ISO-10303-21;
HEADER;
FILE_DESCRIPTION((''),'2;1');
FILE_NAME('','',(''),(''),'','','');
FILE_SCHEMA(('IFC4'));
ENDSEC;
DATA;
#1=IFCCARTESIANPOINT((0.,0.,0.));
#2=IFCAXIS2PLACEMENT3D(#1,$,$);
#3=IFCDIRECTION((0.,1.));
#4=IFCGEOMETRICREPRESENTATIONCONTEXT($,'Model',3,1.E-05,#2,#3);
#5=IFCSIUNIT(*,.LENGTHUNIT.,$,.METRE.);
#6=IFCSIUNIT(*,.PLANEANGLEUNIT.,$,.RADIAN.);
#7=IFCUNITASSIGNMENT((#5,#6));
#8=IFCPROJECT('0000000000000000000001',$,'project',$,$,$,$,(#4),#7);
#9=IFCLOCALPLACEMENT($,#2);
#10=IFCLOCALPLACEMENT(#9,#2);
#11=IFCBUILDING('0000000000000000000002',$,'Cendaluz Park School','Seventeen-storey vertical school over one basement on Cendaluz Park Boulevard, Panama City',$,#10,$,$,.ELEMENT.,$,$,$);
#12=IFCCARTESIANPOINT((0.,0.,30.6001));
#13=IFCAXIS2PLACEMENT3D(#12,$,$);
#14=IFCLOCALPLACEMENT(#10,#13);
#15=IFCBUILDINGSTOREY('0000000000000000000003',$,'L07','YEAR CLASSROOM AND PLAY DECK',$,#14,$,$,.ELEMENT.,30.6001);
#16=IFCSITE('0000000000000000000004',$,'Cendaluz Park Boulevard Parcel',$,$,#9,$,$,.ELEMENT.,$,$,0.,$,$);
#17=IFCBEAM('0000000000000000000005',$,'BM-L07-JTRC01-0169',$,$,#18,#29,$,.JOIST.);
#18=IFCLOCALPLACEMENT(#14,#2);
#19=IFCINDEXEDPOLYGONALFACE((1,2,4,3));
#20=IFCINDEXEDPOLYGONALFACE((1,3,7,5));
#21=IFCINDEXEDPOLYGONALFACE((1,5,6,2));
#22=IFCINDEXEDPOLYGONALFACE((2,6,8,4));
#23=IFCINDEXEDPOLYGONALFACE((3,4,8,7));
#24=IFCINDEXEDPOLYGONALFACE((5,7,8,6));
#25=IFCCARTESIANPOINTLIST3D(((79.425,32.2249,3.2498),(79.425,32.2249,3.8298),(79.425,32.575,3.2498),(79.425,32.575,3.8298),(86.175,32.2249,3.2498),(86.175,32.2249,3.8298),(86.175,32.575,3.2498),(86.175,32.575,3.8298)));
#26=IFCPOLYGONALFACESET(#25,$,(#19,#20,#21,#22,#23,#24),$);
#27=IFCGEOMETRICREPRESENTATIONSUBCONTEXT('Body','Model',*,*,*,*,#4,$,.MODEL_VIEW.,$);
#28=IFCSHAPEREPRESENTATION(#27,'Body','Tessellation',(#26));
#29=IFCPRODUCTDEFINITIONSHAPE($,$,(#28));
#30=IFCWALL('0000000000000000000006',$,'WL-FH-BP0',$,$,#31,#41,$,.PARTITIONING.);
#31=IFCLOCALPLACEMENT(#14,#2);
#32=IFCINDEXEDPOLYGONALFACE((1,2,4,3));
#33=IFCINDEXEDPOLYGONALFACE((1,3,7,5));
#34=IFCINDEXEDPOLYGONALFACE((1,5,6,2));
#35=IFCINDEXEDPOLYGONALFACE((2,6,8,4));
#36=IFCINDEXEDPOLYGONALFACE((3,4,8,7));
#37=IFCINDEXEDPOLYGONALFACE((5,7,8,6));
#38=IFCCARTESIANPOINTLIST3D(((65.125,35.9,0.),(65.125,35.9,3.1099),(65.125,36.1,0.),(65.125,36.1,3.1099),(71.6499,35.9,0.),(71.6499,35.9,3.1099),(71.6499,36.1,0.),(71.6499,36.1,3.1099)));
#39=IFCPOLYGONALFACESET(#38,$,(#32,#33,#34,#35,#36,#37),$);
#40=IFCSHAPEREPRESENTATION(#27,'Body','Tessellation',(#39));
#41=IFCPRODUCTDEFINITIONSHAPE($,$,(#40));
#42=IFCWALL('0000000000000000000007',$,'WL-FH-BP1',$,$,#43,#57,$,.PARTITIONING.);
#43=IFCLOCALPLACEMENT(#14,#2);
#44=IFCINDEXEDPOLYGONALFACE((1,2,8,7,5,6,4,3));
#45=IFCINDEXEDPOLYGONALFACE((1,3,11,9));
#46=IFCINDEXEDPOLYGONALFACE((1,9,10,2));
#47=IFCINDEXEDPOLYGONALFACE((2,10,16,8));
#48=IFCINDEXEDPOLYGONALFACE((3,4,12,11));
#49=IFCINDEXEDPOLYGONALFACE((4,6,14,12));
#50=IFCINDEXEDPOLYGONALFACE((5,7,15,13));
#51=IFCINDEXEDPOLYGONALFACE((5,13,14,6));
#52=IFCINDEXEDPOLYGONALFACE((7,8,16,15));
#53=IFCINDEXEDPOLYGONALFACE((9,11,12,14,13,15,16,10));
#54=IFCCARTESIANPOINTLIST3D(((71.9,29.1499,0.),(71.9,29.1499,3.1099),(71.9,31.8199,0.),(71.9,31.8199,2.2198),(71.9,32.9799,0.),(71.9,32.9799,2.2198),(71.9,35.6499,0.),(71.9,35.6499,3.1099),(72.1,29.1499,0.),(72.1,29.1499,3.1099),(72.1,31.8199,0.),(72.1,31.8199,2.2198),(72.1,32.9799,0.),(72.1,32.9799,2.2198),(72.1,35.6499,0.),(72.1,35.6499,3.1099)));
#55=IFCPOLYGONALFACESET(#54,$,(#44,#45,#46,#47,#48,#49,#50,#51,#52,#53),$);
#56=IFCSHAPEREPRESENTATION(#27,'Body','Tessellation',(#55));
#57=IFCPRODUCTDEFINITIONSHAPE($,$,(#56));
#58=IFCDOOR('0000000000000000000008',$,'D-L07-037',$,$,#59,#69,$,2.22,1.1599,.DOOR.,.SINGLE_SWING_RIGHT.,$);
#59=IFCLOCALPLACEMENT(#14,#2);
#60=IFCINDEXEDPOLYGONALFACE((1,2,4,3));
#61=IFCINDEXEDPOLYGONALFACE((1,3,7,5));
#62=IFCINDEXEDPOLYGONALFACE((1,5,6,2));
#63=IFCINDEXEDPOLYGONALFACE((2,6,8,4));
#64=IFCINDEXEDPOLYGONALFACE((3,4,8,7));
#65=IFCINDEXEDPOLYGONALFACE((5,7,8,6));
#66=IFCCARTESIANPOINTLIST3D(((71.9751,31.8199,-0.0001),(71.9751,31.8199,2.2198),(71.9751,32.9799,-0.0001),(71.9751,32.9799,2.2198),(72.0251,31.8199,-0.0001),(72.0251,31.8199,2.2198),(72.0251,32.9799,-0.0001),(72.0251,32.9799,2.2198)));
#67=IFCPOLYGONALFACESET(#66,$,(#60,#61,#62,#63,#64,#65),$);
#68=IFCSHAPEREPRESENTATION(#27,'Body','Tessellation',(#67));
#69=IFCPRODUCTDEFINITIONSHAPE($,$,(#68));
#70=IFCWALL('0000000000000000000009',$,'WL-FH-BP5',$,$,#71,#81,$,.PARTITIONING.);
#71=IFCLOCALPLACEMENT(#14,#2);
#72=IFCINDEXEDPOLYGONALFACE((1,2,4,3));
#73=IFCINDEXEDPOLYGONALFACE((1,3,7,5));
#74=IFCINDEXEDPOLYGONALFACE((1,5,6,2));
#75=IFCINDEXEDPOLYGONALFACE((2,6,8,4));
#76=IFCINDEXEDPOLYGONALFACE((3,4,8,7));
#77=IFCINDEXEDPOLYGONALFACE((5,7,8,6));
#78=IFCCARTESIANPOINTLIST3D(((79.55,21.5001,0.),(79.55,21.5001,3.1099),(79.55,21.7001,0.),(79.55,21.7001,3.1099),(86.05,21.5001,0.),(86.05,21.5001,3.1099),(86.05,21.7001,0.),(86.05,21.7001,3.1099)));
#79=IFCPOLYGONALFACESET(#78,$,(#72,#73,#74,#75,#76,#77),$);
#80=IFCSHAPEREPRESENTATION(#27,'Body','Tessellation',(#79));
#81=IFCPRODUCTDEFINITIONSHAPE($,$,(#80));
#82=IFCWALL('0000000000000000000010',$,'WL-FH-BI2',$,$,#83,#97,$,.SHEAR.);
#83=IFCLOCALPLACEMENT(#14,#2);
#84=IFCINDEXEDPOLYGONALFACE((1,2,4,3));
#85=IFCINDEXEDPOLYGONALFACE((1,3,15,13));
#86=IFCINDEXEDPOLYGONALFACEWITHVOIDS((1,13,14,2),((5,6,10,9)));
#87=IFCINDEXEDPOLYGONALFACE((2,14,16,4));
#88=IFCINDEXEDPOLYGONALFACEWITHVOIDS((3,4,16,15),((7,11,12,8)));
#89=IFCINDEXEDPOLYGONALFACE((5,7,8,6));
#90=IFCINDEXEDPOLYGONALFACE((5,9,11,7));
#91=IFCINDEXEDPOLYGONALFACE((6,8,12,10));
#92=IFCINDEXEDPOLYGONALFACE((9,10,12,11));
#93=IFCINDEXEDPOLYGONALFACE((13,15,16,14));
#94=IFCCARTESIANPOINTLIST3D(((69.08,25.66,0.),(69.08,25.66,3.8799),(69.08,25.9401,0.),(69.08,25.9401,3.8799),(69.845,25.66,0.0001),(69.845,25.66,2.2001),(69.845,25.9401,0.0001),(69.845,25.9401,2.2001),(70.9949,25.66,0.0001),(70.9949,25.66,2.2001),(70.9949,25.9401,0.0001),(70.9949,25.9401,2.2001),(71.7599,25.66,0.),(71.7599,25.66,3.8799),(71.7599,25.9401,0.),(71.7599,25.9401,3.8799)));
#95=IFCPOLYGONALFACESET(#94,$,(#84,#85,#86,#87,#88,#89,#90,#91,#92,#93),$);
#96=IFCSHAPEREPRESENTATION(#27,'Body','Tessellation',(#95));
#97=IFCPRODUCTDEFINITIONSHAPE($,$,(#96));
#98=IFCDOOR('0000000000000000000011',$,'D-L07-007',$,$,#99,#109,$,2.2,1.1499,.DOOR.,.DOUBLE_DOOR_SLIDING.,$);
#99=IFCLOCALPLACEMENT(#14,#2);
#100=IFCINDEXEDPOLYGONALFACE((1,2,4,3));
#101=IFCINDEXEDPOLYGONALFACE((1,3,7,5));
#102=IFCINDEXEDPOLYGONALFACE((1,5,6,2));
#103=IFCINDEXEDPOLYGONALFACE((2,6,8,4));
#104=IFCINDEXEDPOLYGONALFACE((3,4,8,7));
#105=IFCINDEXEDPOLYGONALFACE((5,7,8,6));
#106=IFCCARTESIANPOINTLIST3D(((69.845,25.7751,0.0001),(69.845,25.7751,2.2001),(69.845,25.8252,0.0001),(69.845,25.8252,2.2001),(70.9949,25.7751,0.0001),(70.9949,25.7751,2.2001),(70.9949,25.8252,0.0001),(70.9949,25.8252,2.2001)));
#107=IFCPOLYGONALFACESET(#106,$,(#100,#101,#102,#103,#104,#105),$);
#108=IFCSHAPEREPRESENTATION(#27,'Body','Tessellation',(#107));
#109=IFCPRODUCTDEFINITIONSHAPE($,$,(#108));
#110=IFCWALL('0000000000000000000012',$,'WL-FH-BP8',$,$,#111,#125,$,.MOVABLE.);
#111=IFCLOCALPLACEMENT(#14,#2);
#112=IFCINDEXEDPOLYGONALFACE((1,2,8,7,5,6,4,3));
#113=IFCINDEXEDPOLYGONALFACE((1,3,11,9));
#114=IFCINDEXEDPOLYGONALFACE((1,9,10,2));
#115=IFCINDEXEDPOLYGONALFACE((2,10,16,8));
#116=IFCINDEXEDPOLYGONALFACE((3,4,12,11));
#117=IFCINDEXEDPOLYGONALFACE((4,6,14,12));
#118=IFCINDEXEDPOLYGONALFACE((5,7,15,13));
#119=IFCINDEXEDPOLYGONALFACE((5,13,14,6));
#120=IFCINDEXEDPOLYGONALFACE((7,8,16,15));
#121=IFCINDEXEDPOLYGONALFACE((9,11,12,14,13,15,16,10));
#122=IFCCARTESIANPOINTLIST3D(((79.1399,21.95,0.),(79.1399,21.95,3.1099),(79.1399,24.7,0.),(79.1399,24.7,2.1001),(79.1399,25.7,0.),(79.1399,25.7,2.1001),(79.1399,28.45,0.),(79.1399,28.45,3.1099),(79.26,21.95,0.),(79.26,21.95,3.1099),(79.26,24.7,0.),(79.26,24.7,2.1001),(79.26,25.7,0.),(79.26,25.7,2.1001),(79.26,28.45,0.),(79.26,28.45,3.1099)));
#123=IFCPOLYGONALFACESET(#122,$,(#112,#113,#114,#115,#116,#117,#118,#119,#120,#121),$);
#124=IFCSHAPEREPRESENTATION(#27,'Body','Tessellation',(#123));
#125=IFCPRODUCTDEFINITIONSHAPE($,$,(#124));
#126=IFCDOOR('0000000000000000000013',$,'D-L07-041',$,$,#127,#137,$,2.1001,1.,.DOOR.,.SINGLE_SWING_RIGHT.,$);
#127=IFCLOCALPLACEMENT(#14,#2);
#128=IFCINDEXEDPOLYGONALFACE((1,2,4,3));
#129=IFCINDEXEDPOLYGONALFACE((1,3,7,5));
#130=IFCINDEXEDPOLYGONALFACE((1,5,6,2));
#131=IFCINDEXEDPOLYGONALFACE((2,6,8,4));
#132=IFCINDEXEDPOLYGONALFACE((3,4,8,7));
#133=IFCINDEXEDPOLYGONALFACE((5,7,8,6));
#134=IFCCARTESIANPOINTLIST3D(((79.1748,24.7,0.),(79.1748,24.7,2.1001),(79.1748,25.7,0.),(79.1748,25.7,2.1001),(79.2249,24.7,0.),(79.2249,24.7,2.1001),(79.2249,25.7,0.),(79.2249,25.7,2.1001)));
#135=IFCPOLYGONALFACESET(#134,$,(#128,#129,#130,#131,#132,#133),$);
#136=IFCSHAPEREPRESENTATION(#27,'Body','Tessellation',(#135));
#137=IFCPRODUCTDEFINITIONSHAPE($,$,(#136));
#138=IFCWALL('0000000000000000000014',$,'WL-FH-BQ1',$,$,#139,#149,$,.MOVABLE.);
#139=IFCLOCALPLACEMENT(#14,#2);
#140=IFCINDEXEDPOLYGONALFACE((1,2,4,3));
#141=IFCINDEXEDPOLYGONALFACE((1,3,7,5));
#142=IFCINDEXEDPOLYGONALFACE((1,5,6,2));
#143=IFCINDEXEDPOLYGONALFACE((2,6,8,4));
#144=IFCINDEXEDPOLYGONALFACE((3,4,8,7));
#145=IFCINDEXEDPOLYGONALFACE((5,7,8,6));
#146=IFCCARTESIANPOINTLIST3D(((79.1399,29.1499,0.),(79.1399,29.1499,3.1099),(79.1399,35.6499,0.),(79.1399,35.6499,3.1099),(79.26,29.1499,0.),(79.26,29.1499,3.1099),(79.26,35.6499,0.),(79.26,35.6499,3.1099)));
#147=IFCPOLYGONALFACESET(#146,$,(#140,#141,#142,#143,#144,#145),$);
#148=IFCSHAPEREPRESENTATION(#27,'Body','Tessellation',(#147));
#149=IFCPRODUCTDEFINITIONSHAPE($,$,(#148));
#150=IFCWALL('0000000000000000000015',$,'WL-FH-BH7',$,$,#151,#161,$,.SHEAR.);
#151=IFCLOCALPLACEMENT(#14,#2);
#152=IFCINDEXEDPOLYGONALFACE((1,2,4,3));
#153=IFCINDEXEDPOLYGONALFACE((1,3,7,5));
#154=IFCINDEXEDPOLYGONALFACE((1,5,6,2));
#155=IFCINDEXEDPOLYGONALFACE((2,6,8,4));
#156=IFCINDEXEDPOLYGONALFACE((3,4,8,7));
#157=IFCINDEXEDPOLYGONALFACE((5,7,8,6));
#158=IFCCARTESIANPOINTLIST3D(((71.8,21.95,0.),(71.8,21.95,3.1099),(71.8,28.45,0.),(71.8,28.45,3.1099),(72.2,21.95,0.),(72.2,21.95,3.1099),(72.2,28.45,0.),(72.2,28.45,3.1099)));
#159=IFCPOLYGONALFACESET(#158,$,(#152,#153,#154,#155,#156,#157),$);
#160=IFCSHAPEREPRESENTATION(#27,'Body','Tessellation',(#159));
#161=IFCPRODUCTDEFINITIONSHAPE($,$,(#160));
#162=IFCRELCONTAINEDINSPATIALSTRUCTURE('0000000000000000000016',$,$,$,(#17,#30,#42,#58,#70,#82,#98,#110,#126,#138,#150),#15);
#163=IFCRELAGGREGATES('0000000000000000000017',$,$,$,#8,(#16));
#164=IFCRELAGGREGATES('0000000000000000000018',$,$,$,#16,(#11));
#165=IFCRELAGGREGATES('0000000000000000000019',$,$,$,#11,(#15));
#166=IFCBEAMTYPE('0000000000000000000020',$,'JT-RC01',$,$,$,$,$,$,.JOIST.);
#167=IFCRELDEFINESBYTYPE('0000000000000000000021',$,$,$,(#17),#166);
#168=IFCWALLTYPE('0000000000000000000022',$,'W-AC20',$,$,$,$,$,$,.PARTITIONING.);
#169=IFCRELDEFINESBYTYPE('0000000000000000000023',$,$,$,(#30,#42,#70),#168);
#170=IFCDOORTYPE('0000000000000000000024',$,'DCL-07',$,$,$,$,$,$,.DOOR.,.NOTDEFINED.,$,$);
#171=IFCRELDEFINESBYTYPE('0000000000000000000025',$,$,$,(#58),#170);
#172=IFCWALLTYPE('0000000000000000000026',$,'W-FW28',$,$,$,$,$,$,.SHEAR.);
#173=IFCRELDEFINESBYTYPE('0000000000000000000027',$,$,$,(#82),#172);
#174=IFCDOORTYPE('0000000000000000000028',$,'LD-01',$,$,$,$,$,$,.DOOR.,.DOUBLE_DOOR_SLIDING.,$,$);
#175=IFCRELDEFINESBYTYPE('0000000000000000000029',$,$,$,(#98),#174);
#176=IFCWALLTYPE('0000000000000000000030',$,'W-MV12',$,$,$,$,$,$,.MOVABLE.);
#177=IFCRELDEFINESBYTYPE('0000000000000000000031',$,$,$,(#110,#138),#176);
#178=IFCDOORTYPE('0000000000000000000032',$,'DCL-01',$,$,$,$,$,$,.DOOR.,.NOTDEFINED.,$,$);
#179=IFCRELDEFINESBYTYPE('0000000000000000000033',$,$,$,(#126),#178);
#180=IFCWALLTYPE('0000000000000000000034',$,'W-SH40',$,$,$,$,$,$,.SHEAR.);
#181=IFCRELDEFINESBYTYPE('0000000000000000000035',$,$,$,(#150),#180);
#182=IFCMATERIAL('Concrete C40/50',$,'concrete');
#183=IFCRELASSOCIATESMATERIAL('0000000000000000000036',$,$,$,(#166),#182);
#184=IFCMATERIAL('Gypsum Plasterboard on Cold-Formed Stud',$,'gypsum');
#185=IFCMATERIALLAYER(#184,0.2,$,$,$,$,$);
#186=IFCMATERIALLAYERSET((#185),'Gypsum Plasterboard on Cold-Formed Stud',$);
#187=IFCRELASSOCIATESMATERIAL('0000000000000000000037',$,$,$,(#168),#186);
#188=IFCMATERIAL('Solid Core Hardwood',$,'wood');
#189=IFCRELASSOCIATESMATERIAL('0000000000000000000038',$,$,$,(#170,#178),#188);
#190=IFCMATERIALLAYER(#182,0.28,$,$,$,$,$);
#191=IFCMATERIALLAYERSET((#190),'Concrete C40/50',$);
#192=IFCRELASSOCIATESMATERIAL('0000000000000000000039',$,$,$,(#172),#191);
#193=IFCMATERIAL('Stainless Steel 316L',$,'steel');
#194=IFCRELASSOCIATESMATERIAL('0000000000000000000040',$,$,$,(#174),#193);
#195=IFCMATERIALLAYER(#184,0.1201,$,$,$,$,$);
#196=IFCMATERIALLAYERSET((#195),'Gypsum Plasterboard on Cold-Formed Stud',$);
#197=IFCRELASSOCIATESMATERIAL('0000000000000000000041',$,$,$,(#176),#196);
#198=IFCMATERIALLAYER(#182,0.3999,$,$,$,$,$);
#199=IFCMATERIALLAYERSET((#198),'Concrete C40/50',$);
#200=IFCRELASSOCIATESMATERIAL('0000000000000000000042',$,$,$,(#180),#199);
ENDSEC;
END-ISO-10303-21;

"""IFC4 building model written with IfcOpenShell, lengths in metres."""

from ifc_helpers import new_model, si_unit, direction, frame, frame_2d, origin, origin_2d, place, context, subcontext, project, spatial, rectangle, extrude, material, layer, layer_set, material_profile, profile_set, type_object, element, fill, save


model = new_model("IFC4")

# Units and contexts
model_context = context("Model", 3, precision=1e-05, world=origin(), true_north=direction((0.0, 1.0)))
body_context = subcontext(model_context, "Body", "Model", "MODEL_VIEW")
ifc_project = project(units=[si_unit("LENGTHUNIT", "METRE"), si_unit("PLANEANGLEUNIT", "RADIAN")], contexts=[model_context])

# Site, building, storey
site_placement = place(None, origin())
site = spatial("IfcSite", under=ifc_project, at=site_placement, Name="Cendaluz Park Boulevard Parcel", CompositionType="ELEMENT", RefElevation=0.0)
building_placement = place(site_placement, origin())
building = spatial("IfcBuilding", under=site, at=building_placement, Name="Cendaluz Park School", Description="Seventeen-storey vertical school over one basement on Cendaluz Park Boulevard, Panama City", CompositionType="ELEMENT")
storey_placement = place(building_placement, frame((0.0, 0.0, 30.6001)))
storey = spatial("IfcBuildingStorey", under=building, at=storey_placement, Name="L07", Description="YEAR CLASSROOM AND PLAY DECK", CompositionType="ELEMENT", Elevation=30.6001)

# Shared definitions
ifc_material_1 = material(Name="Concrete C40/50", Category="concrete")

# Beam
ifc_material_profile_1 = material_profile(ifc_material_1, rectangle(XDim=0.3501, YDim=0.5801, at=origin_2d()), Name="RC 350x580", Category="concrete")
ifc_profile_set_1 = profile_set([ifc_material_profile_1], Name="Concrete C40/50")
beam_type_1 = type_object("IfcBeamType", Name="JT-RC01", PredefinedType="JOIST", material=ifc_profile_set_1)
for number, where, z_axis, x_axis, name in (
    (1, (79.425, 32.3999, 3.5398), (1.0, 0.0, 0.0), (0.0, 1.0, 0.0), "BM-L07-JTRC01-0169"),
):
    element("IfcBeam", number, at=place(storey_placement, frame(where, z_axis=z_axis, x_axis=x_axis)), inside=storey, type_object=beam_type_1, Name=name, PredefinedType="JOIST", context=body_context, shape_type="SweptSolid", body=[
        extrude(rectangle(XDim=0.3501, YDim=0.5801, at=origin_2d()), origin(), (0.0, 0.0, 1.0), 6.75),
    ])

# Wall
ifc_material_2 = material(Name="Gypsum Plasterboard on Cold-Formed Stud", Category="gypsum")
ifc_layer_1 = layer(ifc_material_2, 0.2)
ifc_layer_set_1 = layer_set([ifc_layer_1], Name="Gypsum Plasterboard on Cold-Formed Stud")
wall_type_1 = type_object("IfcWallType", Name="W-AC20", PredefinedType="PARTITIONING", material=ifc_layer_set_1)
wall_1_placement = place(storey_placement, frame((65.125, 36.0, 0.0), z_axis=(0.0, 0.0, 1.0), x_axis=(1.0, 0.0, 0.0)))
element("IfcWall", 2, at=wall_1_placement, inside=storey, type_object=wall_type_1, Name="WL-FH-BP0", PredefinedType="PARTITIONING", context=body_context, shape_type="SweptSolid", body=[
    extrude(rectangle(XDim=6.5249, YDim=0.2, at=frame_2d((3.2625, 0.0))), origin(), (0.0, 0.0, 1.0), 3.1099),
])

# Wall, opening, door
wall_2_placement = place(storey_placement, frame((72.0, 29.1499, 0.0), z_axis=(0.0, 0.0, 1.0), x_axis=(0.0, 1.0, 0.0)))
wall_2 = element("IfcWall", 3, at=wall_2_placement, inside=storey, type_object=wall_type_1, Name="WL-FH-BP1", PredefinedType="PARTITIONING", context=body_context, shape_type="SweptSolid", body=[
    extrude(rectangle(XDim=6.5, YDim=0.2, at=frame_2d((3.25, 0.0))), origin(), (0.0, 0.0, 1.0), 3.1099),
])
opening_1_placement = place(wall_2_placement, frame((2.6699, 0.0, 0.0)))
opening_1 = element("IfcOpeningElement", 4, at=opening_1_placement, cuts=wall_2, PredefinedType="OPENING", context=body_context, shape_type="SweptSolid", body=[
    extrude(rectangle(XDim=1.1599, YDim=2.22, at=frame_2d((0.5801, 1.1099))), frame((0.0, 0.1121, 0.0), z_axis=(0.0, -1.0, 0.0), x_axis=(1.0, 0.0, 0.0)), (0.0, 0.0, 1.0), 0.2239),
])
ifc_material_3 = material(Name="Solid Core Hardwood", Category="wood")
door_type_1 = type_object("IfcDoorType", Name="DCL-07", OperationType="NOTDEFINED", PredefinedType="DOOR", material=ifc_material_3)
door_1_placement = place(opening_1_placement, origin())
door_1 = element("IfcDoor", 5, at=door_1_placement, inside=storey, type_object=door_type_1, Name="D-L07-037", OperationType="SINGLE_SWING_RIGHT", OverallHeight=2.22, OverallWidth=1.1599, PredefinedType="DOOR", context=body_context, shape_type="SweptSolid", body=[
    extrude(rectangle(XDim=1.1599, YDim=2.22, at=frame_2d((0.5801, 1.1099))), frame((0.0, 0.0249, 0.0), z_axis=(0.0, -1.0, 0.0), x_axis=(1.0, 0.0, 0.0)), (0.0, 0.0, 1.0), 0.05),
])
fill(opening_1, door_1)

# Wall
wall_3_placement = place(storey_placement, frame((79.55, 21.6001, 0.0), z_axis=(0.0, 0.0, 1.0), x_axis=(1.0, 0.0, 0.0)))
element("IfcWall", 6, at=wall_3_placement, inside=storey, type_object=wall_type_1, Name="WL-FH-BP5", PredefinedType="PARTITIONING", context=body_context, shape_type="SweptSolid", body=[
    extrude(rectangle(XDim=6.5, YDim=0.2, at=frame_2d((3.25, 0.0))), origin(), (0.0, 0.0, 1.0), 3.1099),
])

# Walls, openings, doors
ifc_layer_2 = layer(ifc_material_1, 0.28)
ifc_layer_set_2 = layer_set([ifc_layer_2], Name="Concrete C40/50")
wall_type_2 = type_object("IfcWallType", Name="W-FW28", PredefinedType="SHEAR", material=ifc_layer_set_2)
wall_4_placement = place(storey_placement, frame((69.0801, 25.8, 0.0), z_axis=(0.0, 0.0, 1.0), x_axis=(1.0, 0.0, 0.0)))
wall_4 = element("IfcWall", 7, at=wall_4_placement, inside=storey, type_object=wall_type_2, Name="WL-FH-BI2", PredefinedType="SHEAR", context=body_context, shape_type="SweptSolid", body=[
    extrude(rectangle(XDim=2.6799, YDim=0.28, at=frame_2d((1.3398, 0.0))), origin(), (0.0, 0.0, 1.0), 3.8799),
])
opening_2_placement = place(wall_4_placement, frame((0.7649, 0.0, 0.0)))
opening_2 = element("IfcOpeningElement", 8, at=opening_2_placement, cuts=wall_4, PredefinedType="OPENING", context=body_context, shape_type="SweptSolid", body=[
    extrude(rectangle(XDim=1.1499, YDim=2.2, at=frame_2d((0.575, 1.1001))), frame((0.0, 0.1521, 0.0), z_axis=(0.0, -1.0, 0.0), x_axis=(1.0, 0.0, 0.0)), (0.0, 0.0, 1.0), 0.304),
])
ifc_material_4 = material(Name="Stainless Steel 316L", Category="steel")
door_type_2 = type_object("IfcDoorType", Name="LD-01", OperationType="DOUBLE_DOOR_SLIDING", PredefinedType="DOOR", material=ifc_material_4)
door_2_placement = place(opening_2_placement, frame((1.1499, 0.0, 0.0), z_axis=(0.0, 0.0, 1.0), x_axis=(-1.0, 0.0, 0.0)))
door_2 = element("IfcDoor", 9, at=door_2_placement, inside=storey, type_object=door_type_2, Name="D-L07-007", OperationType="DOUBLE_DOOR_SLIDING", OverallHeight=2.2, OverallWidth=1.1499, PredefinedType="DOOR", context=body_context, shape_type="SweptSolid", body=[
    extrude(rectangle(XDim=1.1499, YDim=2.2, at=frame_2d((0.575, 1.1001))), frame((0.0, 0.0249, 0.0), z_axis=(0.0, -1.0, 0.0), x_axis=(1.0, 0.0, 0.0)), (0.0, 0.0, 1.0), 0.05),
])
fill(opening_2, door_2)
ifc_layer_3 = layer(ifc_material_2, 0.1201)
ifc_layer_set_3 = layer_set([ifc_layer_3], Name="Gypsum Plasterboard on Cold-Formed Stud")
wall_type_3 = type_object("IfcWallType", Name="W-MV12", PredefinedType="MOVABLE", material=ifc_layer_set_3)
wall_5_placement = place(storey_placement, frame((79.2, 21.95, 0.0), z_axis=(0.0, 0.0, 1.0), x_axis=(0.0, 1.0, 0.0)))
wall_5 = element("IfcWall", 10, at=wall_5_placement, inside=storey, type_object=wall_type_3, Name="WL-FH-BP8", PredefinedType="MOVABLE", context=body_context, shape_type="SweptSolid", body=[
    extrude(rectangle(XDim=6.5, YDim=0.1201, at=frame_2d((3.25, 0.0))), origin(), (0.0, 0.0, 1.0), 3.1099),
])
opening_3_placement = place(wall_5_placement, frame((2.75, 0.0, 0.0)))
opening_3 = element("IfcOpeningElement", 11, at=opening_3_placement, cuts=wall_5, PredefinedType="OPENING", context=body_context, shape_type="SweptSolid", body=[
    extrude(rectangle(XDim=1.0, YDim=2.1001, at=frame_2d((0.5, 1.05))), frame((0.0, 0.072, 0.0), z_axis=(0.0, -1.0, 0.0), x_axis=(1.0, 0.0, 0.0)), (0.0, 0.0, 1.0), 0.144),
])
door_type_3 = type_object("IfcDoorType", Name="DCL-01", OperationType="NOTDEFINED", PredefinedType="DOOR", material=ifc_material_3)
door_3_placement = place(opening_3_placement, frame((1.0, 0.0, 0.0), z_axis=(0.0, 0.0, 1.0), x_axis=(-1.0, 0.0, 0.0)))
door_3 = element("IfcDoor", 12, at=door_3_placement, inside=storey, type_object=door_type_3, Name="D-L07-041", OperationType="SINGLE_SWING_RIGHT", OverallHeight=2.1001, OverallWidth=1.0, PredefinedType="DOOR", context=body_context, shape_type="SweptSolid", body=[
    extrude(rectangle(XDim=1.0, YDim=2.1001, at=frame_2d((0.5, 1.05))), frame((0.0, 0.0249, 0.0), z_axis=(0.0, -1.0, 0.0), x_axis=(1.0, 0.0, 0.0)), (0.0, 0.0, 1.0), 0.05),
])
fill(opening_3, door_3)

# Walls
wall_6_placement = place(storey_placement, frame((79.2, 29.1499, 0.0), z_axis=(0.0, 0.0, 1.0), x_axis=(0.0, 1.0, 0.0)))
element("IfcWall", 13, at=wall_6_placement, inside=storey, type_object=wall_type_3, Name="WL-FH-BQ1", PredefinedType="MOVABLE", context=body_context, shape_type="SweptSolid", body=[
    extrude(rectangle(XDim=6.5, YDim=0.1201, at=frame_2d((3.25, 0.0))), origin(), (0.0, 0.0, 1.0), 3.1099),
])
ifc_layer_4 = layer(ifc_material_1, 0.3999)
ifc_layer_set_4 = layer_set([ifc_layer_4], Name="Concrete C40/50")
wall_type_4 = type_object("IfcWallType", Name="W-SH40", PredefinedType="SHEAR", material=ifc_layer_set_4)
wall_7_placement = place(storey_placement, frame((72.0, 21.95, 0.0), z_axis=(0.0, 0.0, 1.0), x_axis=(0.0, 1.0, 0.0)))
element("IfcWall", 14, at=wall_7_placement, inside=storey, type_object=wall_type_4, Name="WL-FH-BH7", PredefinedType="SHEAR", context=body_context, shape_type="SweptSolid", body=[
    extrude(rectangle(XDim=6.5, YDim=0.3999, at=frame_2d((3.25, 0.0))), origin(), (0.0, 0.0, 1.0), 3.1099),
])

save(model, "model.ifc")
